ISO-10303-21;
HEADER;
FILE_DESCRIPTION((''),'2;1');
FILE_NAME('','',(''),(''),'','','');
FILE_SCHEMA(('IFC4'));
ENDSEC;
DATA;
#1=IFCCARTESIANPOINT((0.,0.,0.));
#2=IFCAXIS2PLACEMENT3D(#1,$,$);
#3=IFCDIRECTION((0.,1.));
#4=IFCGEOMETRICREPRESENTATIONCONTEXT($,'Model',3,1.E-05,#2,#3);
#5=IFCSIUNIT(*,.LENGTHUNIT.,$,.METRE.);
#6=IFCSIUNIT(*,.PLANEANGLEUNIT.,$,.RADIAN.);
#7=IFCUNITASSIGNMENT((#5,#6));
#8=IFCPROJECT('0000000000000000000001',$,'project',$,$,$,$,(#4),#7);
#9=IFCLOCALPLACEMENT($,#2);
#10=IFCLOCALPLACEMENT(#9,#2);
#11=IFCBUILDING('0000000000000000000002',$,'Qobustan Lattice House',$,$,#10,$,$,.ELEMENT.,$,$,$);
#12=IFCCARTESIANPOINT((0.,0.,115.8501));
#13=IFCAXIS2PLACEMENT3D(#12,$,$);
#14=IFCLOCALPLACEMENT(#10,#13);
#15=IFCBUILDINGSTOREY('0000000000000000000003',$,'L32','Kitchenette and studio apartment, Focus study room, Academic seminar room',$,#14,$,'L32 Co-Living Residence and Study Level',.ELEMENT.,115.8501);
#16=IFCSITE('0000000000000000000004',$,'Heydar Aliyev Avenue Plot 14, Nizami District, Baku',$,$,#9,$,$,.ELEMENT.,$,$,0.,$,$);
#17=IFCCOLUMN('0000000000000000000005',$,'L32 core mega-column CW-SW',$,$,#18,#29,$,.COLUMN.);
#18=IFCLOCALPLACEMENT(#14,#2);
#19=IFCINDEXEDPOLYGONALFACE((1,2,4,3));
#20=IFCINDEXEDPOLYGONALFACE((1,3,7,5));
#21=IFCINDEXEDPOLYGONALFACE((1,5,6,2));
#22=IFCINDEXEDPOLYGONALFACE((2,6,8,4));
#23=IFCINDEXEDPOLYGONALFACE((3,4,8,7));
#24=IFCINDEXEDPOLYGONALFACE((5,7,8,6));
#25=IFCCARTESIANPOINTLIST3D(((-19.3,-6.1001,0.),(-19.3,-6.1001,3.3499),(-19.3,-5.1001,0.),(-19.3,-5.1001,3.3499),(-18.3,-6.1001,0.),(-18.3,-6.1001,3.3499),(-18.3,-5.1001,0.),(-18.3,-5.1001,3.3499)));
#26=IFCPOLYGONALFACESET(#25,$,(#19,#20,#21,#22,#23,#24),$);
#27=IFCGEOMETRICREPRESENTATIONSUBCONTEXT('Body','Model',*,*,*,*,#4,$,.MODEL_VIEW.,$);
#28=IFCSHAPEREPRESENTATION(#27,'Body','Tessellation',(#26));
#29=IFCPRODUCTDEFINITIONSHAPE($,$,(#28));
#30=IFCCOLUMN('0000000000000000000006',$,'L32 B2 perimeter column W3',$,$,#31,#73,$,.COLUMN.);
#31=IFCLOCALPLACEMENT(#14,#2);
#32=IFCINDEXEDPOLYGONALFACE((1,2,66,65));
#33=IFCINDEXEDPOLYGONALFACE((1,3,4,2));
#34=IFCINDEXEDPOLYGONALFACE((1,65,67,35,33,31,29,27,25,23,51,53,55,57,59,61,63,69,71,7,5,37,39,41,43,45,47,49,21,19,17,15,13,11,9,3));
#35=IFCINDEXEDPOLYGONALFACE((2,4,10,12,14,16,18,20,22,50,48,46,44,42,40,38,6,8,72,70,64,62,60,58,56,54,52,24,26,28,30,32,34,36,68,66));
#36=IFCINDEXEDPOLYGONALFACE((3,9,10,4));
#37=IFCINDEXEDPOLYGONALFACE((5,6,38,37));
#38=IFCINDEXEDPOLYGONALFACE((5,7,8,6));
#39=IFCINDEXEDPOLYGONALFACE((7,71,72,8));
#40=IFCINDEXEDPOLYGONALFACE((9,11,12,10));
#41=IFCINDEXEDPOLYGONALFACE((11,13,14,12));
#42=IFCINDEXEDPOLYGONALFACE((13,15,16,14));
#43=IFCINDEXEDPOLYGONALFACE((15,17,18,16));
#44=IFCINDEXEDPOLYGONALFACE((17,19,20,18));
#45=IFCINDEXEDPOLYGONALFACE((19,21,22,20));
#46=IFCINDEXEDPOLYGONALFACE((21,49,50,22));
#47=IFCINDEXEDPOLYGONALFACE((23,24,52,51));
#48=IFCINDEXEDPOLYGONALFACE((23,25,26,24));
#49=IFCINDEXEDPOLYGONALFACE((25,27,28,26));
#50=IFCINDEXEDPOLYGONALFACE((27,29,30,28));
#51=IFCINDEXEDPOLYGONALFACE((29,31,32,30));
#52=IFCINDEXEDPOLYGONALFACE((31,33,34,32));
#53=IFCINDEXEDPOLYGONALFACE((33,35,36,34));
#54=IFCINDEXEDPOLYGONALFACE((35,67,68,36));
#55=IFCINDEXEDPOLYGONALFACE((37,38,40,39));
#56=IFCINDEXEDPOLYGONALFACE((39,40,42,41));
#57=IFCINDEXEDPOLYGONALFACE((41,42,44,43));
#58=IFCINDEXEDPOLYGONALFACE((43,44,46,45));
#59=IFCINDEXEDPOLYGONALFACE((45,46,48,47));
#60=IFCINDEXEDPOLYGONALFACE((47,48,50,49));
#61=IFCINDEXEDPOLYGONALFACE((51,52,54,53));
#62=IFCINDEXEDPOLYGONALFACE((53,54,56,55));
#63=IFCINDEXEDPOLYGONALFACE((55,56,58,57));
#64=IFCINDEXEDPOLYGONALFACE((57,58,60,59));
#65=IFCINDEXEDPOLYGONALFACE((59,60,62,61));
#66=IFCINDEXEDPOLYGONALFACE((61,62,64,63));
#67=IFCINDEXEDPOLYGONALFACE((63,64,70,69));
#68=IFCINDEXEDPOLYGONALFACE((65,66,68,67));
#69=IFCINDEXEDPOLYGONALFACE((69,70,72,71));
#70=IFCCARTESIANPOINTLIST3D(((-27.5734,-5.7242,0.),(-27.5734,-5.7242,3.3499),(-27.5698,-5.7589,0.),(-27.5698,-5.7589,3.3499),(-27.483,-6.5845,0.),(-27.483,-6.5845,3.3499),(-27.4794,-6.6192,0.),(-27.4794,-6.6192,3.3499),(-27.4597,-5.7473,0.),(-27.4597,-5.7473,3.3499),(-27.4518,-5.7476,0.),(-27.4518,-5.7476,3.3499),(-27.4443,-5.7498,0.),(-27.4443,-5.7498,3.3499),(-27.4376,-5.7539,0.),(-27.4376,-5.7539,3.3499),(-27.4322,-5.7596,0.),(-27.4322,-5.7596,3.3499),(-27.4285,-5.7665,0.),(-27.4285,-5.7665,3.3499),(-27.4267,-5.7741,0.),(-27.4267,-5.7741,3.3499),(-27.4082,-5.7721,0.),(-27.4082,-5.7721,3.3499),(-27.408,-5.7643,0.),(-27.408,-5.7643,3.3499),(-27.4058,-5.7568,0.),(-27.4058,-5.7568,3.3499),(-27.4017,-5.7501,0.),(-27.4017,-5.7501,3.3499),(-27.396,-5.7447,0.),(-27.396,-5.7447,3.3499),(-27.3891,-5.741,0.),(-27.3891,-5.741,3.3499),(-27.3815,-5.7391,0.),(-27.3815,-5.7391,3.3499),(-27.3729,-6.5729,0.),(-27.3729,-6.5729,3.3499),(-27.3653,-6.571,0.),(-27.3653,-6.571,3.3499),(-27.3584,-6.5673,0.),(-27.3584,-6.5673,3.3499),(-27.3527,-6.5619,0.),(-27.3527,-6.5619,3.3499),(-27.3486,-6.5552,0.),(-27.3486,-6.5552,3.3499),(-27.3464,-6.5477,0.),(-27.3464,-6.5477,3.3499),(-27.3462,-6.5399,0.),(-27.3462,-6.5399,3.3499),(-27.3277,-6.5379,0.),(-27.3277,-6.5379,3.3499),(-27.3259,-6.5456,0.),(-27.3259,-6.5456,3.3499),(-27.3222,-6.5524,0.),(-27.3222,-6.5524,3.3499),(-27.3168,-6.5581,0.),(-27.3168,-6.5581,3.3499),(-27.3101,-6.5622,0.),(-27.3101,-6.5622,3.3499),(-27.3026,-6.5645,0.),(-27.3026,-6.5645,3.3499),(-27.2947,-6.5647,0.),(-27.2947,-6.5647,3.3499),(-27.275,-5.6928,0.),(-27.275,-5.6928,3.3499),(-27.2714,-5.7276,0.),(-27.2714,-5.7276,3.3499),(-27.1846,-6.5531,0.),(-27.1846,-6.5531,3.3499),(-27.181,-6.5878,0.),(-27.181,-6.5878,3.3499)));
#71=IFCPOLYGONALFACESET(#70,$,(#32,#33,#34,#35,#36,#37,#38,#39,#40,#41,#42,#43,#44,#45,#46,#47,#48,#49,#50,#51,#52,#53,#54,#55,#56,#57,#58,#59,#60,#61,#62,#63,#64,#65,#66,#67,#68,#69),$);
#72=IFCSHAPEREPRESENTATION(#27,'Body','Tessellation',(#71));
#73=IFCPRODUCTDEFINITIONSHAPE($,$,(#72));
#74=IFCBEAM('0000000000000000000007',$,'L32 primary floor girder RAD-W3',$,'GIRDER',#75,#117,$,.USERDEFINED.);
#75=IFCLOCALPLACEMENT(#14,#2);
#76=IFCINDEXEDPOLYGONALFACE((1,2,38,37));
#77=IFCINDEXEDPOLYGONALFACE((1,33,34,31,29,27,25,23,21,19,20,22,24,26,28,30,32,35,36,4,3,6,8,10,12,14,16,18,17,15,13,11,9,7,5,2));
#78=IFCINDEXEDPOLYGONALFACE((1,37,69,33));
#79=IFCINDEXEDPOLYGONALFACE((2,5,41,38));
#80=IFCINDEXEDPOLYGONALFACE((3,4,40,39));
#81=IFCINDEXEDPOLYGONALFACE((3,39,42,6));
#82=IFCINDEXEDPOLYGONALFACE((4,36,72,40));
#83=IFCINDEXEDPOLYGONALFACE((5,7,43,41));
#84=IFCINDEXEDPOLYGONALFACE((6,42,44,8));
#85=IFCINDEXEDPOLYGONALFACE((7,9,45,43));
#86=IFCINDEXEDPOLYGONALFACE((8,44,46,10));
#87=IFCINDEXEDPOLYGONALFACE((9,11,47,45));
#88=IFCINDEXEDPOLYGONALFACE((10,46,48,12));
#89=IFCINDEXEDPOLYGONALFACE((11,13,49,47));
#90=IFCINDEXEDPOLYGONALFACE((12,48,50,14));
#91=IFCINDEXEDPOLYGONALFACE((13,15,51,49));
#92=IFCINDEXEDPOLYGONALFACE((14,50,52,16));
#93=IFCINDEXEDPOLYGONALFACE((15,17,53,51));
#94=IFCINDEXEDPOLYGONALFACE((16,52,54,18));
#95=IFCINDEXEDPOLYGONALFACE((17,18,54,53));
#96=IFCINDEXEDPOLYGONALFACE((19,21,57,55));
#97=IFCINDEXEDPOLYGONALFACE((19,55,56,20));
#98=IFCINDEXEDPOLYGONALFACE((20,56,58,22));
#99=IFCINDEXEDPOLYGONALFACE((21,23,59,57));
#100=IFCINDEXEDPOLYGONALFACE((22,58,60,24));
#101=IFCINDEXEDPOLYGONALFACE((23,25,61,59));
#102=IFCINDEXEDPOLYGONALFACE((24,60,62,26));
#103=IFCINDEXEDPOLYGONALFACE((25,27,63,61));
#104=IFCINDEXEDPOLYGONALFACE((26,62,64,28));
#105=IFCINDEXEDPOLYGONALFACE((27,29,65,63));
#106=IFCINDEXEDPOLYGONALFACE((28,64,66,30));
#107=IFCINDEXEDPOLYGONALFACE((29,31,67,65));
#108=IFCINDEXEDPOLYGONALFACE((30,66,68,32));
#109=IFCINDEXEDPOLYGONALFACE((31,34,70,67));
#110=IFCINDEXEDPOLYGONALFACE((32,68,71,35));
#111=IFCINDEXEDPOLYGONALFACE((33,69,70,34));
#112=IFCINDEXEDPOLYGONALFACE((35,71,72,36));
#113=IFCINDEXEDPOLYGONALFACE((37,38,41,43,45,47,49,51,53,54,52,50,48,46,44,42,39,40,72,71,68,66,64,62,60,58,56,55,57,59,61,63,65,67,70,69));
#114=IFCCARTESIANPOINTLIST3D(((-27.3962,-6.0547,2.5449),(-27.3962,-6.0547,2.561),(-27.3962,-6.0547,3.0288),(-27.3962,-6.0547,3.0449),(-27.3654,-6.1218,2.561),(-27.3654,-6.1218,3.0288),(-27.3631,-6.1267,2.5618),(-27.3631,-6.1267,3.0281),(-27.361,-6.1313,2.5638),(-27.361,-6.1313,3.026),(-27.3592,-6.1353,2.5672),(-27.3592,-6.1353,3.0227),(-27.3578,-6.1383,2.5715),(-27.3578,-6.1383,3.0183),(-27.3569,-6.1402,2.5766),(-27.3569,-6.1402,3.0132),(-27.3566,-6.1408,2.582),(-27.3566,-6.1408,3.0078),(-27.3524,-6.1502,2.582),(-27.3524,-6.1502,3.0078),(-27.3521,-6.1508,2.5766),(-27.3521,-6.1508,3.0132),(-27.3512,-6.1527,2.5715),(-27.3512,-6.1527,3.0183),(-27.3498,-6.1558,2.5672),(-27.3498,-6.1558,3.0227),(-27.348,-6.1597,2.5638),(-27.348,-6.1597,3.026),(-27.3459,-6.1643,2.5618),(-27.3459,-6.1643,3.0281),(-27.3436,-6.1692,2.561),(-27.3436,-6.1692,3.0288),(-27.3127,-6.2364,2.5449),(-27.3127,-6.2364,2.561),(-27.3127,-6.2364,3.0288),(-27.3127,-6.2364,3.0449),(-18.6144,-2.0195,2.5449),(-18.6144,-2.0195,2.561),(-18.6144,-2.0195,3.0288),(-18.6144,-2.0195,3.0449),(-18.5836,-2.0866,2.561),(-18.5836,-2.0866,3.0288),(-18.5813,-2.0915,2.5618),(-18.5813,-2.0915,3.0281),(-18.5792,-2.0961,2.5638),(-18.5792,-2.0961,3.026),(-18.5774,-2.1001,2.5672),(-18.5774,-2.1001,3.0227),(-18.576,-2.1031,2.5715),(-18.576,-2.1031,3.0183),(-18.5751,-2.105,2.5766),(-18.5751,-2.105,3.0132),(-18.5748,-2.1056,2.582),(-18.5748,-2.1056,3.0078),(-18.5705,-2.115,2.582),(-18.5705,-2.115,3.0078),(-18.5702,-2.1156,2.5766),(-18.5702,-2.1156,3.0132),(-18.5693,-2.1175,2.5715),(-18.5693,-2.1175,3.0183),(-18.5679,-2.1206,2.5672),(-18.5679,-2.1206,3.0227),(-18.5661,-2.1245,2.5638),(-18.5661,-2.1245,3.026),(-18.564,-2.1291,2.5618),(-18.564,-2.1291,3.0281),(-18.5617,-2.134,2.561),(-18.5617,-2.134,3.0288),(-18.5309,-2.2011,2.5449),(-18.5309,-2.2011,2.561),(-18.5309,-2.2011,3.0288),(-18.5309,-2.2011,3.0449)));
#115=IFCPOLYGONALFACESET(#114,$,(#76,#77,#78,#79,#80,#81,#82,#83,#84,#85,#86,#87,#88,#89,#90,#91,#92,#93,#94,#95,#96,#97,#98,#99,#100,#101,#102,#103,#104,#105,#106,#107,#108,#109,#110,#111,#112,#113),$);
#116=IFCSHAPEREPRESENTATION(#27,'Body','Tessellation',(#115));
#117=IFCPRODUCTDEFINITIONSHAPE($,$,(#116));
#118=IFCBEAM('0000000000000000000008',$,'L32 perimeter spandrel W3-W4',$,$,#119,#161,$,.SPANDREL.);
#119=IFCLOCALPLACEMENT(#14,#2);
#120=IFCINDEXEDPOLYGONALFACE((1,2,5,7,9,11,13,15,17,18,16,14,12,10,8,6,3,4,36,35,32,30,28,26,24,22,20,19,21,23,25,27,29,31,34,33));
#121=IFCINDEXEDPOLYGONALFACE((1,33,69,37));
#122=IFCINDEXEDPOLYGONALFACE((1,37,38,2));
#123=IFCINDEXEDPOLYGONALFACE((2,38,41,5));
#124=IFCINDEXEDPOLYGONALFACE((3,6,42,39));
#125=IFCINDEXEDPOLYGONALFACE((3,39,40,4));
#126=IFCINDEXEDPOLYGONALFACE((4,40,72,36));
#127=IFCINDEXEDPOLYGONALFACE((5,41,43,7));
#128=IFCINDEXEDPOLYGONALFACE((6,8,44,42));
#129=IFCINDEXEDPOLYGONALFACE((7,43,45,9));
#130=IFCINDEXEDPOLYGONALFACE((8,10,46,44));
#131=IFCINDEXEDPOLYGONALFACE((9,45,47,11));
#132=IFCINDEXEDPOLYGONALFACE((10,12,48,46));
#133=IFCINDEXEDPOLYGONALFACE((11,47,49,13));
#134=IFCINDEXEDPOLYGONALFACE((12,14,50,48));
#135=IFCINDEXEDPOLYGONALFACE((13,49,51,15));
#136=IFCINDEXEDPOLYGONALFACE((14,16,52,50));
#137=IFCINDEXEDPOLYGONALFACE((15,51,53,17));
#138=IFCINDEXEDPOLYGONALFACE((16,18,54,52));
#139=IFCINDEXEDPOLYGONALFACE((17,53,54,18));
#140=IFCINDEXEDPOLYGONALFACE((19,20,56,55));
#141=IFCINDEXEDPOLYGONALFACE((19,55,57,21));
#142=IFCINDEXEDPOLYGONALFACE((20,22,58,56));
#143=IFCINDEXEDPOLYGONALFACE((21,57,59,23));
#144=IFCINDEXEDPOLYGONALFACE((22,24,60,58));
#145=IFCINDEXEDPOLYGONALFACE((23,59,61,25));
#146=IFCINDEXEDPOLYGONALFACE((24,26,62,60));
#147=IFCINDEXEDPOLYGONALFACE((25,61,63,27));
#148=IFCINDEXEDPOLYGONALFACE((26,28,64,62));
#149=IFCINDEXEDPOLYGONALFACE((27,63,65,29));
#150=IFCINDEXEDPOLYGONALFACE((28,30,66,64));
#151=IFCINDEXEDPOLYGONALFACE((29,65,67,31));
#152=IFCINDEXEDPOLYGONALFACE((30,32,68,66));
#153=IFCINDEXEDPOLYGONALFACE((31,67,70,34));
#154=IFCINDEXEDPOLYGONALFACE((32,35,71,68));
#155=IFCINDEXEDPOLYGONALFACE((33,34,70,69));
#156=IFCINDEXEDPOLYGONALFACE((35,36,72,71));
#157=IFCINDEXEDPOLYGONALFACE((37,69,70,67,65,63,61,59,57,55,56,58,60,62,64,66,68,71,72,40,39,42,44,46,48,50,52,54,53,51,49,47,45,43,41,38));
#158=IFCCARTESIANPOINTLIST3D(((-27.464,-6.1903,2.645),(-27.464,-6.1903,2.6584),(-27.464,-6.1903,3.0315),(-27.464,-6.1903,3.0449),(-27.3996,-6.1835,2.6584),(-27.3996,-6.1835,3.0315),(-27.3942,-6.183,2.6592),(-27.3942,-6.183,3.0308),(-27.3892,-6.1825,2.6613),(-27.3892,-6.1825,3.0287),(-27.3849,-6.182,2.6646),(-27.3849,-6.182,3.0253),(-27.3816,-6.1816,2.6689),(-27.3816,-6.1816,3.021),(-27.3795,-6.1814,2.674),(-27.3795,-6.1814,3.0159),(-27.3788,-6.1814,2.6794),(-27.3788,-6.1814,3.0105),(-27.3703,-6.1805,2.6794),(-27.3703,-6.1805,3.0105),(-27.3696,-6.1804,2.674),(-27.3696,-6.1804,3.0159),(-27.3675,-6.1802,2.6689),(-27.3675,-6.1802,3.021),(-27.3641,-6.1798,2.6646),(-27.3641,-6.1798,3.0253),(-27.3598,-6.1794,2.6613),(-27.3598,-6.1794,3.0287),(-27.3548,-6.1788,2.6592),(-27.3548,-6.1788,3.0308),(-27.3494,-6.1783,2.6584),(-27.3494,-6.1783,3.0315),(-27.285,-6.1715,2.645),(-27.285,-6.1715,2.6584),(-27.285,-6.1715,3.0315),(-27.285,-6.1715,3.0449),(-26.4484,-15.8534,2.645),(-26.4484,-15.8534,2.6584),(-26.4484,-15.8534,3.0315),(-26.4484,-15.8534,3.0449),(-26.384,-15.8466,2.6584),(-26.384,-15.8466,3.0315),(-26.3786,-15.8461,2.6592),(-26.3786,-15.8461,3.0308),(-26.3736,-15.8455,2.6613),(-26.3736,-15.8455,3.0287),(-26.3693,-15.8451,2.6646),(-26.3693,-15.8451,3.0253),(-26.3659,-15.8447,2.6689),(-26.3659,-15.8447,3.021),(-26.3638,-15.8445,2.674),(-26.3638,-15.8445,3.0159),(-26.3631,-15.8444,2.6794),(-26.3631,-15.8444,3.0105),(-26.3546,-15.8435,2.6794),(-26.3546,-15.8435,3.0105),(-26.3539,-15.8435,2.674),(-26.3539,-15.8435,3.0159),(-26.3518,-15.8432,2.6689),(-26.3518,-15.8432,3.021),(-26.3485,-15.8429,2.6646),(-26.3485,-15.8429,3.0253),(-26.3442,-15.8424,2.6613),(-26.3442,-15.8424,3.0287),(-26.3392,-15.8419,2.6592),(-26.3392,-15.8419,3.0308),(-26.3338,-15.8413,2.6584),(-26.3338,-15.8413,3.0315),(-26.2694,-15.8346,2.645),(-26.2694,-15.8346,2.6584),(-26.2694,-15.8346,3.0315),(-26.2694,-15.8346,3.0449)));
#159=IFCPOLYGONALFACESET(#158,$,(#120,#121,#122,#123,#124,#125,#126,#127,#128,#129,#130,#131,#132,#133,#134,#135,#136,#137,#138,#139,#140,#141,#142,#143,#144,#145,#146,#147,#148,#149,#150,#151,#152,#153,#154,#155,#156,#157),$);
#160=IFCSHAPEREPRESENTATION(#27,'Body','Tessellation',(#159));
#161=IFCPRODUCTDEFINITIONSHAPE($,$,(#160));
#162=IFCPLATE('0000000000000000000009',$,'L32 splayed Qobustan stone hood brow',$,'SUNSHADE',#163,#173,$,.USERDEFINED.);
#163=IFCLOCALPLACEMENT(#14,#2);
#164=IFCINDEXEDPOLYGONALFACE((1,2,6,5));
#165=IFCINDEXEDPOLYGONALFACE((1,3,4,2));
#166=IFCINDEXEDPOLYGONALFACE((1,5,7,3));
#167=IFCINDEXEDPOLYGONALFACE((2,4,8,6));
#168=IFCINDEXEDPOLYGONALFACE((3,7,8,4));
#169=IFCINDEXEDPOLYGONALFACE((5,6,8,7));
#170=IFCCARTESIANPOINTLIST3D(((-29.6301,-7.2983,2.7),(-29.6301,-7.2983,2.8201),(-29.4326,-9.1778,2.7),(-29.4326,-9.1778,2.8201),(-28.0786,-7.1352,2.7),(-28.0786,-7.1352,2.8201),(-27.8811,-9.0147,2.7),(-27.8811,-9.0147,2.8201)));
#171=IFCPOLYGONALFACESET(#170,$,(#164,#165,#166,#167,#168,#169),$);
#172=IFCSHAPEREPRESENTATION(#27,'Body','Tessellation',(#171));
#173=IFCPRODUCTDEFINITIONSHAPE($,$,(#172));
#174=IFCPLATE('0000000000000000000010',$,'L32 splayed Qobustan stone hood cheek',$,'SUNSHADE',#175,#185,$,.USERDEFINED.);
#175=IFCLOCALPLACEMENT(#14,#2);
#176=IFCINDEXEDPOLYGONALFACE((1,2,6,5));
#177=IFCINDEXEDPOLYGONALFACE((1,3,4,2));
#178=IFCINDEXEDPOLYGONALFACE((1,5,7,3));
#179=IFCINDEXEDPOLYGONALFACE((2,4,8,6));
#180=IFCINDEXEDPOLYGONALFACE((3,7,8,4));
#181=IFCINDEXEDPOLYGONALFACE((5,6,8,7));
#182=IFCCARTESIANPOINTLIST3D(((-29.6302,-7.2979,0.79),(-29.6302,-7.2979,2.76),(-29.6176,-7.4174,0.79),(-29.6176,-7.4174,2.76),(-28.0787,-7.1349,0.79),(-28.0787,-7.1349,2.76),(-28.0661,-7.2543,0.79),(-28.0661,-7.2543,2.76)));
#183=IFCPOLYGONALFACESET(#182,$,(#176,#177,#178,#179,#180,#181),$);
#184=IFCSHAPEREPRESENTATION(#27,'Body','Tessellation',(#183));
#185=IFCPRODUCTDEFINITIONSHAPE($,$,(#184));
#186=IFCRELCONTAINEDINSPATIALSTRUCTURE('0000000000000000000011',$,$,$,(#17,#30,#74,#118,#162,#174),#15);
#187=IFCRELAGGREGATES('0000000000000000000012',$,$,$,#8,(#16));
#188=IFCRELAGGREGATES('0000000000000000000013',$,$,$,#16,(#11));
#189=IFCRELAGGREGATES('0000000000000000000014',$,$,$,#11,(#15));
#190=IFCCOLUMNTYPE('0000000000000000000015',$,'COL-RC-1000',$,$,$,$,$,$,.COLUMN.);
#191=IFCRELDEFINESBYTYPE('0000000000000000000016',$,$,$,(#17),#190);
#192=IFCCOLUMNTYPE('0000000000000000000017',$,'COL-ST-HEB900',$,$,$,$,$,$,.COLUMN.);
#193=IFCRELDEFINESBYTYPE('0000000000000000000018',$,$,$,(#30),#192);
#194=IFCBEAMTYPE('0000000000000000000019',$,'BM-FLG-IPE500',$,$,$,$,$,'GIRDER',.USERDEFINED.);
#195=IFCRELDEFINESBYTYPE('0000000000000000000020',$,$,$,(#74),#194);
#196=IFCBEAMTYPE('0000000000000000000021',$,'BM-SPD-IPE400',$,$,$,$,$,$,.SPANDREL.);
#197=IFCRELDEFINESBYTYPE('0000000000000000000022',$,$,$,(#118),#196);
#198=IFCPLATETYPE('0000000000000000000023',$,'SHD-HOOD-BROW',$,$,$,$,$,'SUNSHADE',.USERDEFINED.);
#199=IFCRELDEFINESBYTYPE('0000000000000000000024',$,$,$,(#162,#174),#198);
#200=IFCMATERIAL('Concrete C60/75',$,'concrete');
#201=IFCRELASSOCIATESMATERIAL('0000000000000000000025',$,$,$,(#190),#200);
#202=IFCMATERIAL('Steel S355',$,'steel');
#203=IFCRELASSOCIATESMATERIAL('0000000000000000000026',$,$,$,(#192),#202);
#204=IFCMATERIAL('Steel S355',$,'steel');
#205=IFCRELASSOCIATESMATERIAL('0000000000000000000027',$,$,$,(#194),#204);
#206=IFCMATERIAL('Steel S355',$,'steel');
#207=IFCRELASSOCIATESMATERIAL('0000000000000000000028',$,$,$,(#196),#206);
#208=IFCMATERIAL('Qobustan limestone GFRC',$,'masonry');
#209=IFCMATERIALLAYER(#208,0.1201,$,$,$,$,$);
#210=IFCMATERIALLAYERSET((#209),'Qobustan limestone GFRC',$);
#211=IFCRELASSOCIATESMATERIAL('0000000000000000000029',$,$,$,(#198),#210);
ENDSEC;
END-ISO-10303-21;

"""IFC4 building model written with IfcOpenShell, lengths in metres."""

from ifc_helpers import new_model, si_unit, direction, frame, origin, origin_2d, place, context, subcontext, project, spatial, rectangle, i_section, extrude, material, layer, layer_set, material_profile, profile_set, type_object, element, save


model = new_model("IFC4")

# Units and contexts
model_context = context("Model", 3, precision=1e-05, world=origin(), true_north=direction((0.0, 1.0)))
body_context = subcontext(model_context, "Body", "Model", "MODEL_VIEW")
ifc_project = project(units=[si_unit("LENGTHUNIT", "METRE"), si_unit("PLANEANGLEUNIT", "RADIAN")], contexts=[model_context])

# Site, building, storey
site_placement = place(None, origin())
site = spatial("IfcSite", under=ifc_project, at=site_placement, Name="Heydar Aliyev Avenue Plot 14, Nizami District, Baku", CompositionType="ELEMENT", RefElevation=0.0)
building_placement = place(site_placement, origin())
building = spatial("IfcBuilding", under=site, at=building_placement, Name="Qobustan Lattice House", CompositionType="ELEMENT")
storey_placement = place(building_placement, frame((0.0, 0.0, 115.8501)))
storey = spatial("IfcBuildingStorey", under=building, at=storey_placement, Name="L32", Description="Kitchenette and studio apartment, Focus study room, Academic seminar room", LongName="L32 Co-Living Residence and Study Level", CompositionType="ELEMENT", Elevation=115.8501)

# Columns
ifc_material_1 = material(Name="Concrete C60/75", Category="concrete")
ifc_material_profile_1 = material_profile(ifc_material_1, rectangle(XDim=1.0, YDim=1.0, at=origin_2d()), Name="RC1000x1000")
ifc_profile_set_1 = profile_set([ifc_material_profile_1], Name="Concrete C60/75")
column_type_1 = type_object("IfcColumnType", Name="COL-RC-1000", PredefinedType="COLUMN", material=ifc_profile_set_1)
column_1_placement = place(storey_placement, frame((-18.8, -5.6001, 0.0), z_axis=(0.0, 0.0, 1.0), x_axis=(1.0, 0.0, 0.0)))
element("IfcColumn", 1, at=column_1_placement, inside=storey, type_object=column_type_1, Name="L32 core mega-column CW-SW", PredefinedType="COLUMN", context=body_context, shape_type="SweptSolid", body=[
    extrude(rectangle(XDim=1.0, YDim=1.0, at=origin_2d()), origin(), (0.0, 0.0, 1.0), 3.3499),
])
ifc_material_2 = material(Name="Steel S355", Category="steel")
ifc_material_profile_2 = material_profile(ifc_material_2, i_section(OverallWidth=0.3, OverallDepth=0.8999, WebThickness=0.0186, FlangeThickness=0.0349, FilletRadius=0.03, at=origin_2d()), Name="HEB900")
ifc_profile_set_2 = profile_set([ifc_material_profile_2], Name="Steel S355")
column_type_2 = type_object("IfcColumnType", Name="COL-ST-HEB900", PredefinedType="COLUMN", material=ifc_profile_set_2)
column_2_placement = place(storey_placement, frame((-27.3772, -6.156, 0.0), z_axis=(0.0, 0.0, 1.0), x_axis=(0.994522, 0.104528, 0.0)))
element("IfcColumn", 2, at=column_2_placement, inside=storey, type_object=column_type_2, Name="L32 B2 perimeter column W3", PredefinedType="COLUMN", context=body_context, shape_type="SweptSolid", body=[
    extrude(i_section(OverallWidth=0.3, OverallDepth=0.8999, WebThickness=0.0186, FlangeThickness=0.0349, FilletRadius=0.03, at=origin_2d()), origin(), (0.0, 0.0, 1.0), 3.3499),
])

# Beams
ifc_material_3 = material(Name="Steel S355", Category="steel")
ifc_material_profile_3 = material_profile(ifc_material_3, i_section(OverallWidth=0.2, OverallDepth=0.5, WebThickness=0.0103, FlangeThickness=0.0161, FilletRadius=0.021, at=origin_2d()), Name="IPE500")
ifc_profile_set_3 = profile_set([ifc_material_profile_3], Name="Steel S355")
beam_type_1 = type_object("IfcBeamType", Name="BM-FLG-IPE500", ElementType="GIRDER", PredefinedType="USERDEFINED", material=ifc_profile_set_3)
beam_1_placement = place(storey_placement, frame((-27.3545, -6.1455, 2.7949), z_axis=(0.908665, 0.417526, 0.0), x_axis=(-0.417526, 0.908665, 0.0)))
element("IfcBeam", 3, at=beam_1_placement, inside=storey, type_object=beam_type_1, Name="L32 primary floor girder RAD-W3", ObjectType="GIRDER", PredefinedType="USERDEFINED", context=body_context, shape_type="SweptSolid", body=[
    extrude(i_section(OverallWidth=0.2, OverallDepth=0.5, WebThickness=0.0103, FlangeThickness=0.0161, FilletRadius=0.021, at=origin_2d()), origin(), (0.0, 0.0, 1.0), 9.6646),
])
ifc_material_4 = material(Name="Steel S355", Category="steel")
ifc_material_profile_4 = material_profile(ifc_material_4, i_section(OverallWidth=0.1799, OverallDepth=0.3999, WebThickness=0.0085, FlangeThickness=0.0134, FilletRadius=0.021, at=origin_2d()), Name="IPE400")
ifc_profile_set_4 = profile_set([ifc_material_profile_4], Name="Steel S355")
beam_type_2 = type_object("IfcBeamType", Name="BM-SPD-IPE400", PredefinedType="SPANDREL", material=ifc_profile_set_4)
beam_2_placement = place(storey_placement, frame((-27.3745, -6.1809, 2.845), z_axis=(0.104528, -0.994522, 0.0), x_axis=(0.994522, 0.104528, 0.0)))
element("IfcBeam", 4, at=beam_2_placement, inside=storey, type_object=beam_type_2, Name="L32 perimeter spandrel W3-W4", PredefinedType="SPANDREL", context=body_context, shape_type="SweptSolid", body=[
    extrude(i_section(OverallWidth=0.1799, OverallDepth=0.3999, WebThickness=0.0085, FlangeThickness=0.0134, FilletRadius=0.021, at=origin_2d()), origin(), (0.0, 0.0, 1.0), 9.7163),
])

# Plates
ifc_material_5 = material(Name="Qobustan limestone GFRC", Category="masonry")
ifc_layer_1 = layer(ifc_material_5, 0.1201)
ifc_layer_set_1 = layer_set([ifc_layer_1], Name="Qobustan limestone GFRC")
plate_type = type_object("IfcPlateType", Name="SHD-HOOD-BROW", ElementType="SUNSHADE", PredefinedType="USERDEFINED", material=ifc_layer_set_1)
plate_1_placement = place(storey_placement, frame((-28.7556, -8.1565, 2.7), z_axis=(0.0, 0.0, 1.0), x_axis=(-0.104528, 0.994522, 0.0)))
element("IfcPlate", 5, at=plate_1_placement, inside=storey, type_object=plate_type, Name="L32 splayed Qobustan stone hood brow", ObjectType="SUNSHADE", PredefinedType="USERDEFINED", context=body_context, shape_type="SweptSolid", body=[
    extrude(rectangle(XDim=1.8899, YDim=1.5601, at=origin_2d()), origin(), (0.0, 0.0, 1.0), 0.1201),
])
plate_2_placement = place(storey_placement, frame((-28.8481, -7.2761, 0.79), z_axis=(0.0, 0.0, 1.0), x_axis=(-0.104528, 0.994522, 0.0)))
element("IfcPlate", 6, at=plate_2_placement, inside=storey, type_object=plate_type, Name="L32 splayed Qobustan stone hood cheek", ObjectType="SUNSHADE", PredefinedType="USERDEFINED", context=body_context, shape_type="SweptSolid", body=[
    extrude(rectangle(XDim=0.1201, YDim=1.5601, at=origin_2d()), origin(), (0.0, 0.0, 1.0), 1.97),
])

save(model, "model.ifc")
